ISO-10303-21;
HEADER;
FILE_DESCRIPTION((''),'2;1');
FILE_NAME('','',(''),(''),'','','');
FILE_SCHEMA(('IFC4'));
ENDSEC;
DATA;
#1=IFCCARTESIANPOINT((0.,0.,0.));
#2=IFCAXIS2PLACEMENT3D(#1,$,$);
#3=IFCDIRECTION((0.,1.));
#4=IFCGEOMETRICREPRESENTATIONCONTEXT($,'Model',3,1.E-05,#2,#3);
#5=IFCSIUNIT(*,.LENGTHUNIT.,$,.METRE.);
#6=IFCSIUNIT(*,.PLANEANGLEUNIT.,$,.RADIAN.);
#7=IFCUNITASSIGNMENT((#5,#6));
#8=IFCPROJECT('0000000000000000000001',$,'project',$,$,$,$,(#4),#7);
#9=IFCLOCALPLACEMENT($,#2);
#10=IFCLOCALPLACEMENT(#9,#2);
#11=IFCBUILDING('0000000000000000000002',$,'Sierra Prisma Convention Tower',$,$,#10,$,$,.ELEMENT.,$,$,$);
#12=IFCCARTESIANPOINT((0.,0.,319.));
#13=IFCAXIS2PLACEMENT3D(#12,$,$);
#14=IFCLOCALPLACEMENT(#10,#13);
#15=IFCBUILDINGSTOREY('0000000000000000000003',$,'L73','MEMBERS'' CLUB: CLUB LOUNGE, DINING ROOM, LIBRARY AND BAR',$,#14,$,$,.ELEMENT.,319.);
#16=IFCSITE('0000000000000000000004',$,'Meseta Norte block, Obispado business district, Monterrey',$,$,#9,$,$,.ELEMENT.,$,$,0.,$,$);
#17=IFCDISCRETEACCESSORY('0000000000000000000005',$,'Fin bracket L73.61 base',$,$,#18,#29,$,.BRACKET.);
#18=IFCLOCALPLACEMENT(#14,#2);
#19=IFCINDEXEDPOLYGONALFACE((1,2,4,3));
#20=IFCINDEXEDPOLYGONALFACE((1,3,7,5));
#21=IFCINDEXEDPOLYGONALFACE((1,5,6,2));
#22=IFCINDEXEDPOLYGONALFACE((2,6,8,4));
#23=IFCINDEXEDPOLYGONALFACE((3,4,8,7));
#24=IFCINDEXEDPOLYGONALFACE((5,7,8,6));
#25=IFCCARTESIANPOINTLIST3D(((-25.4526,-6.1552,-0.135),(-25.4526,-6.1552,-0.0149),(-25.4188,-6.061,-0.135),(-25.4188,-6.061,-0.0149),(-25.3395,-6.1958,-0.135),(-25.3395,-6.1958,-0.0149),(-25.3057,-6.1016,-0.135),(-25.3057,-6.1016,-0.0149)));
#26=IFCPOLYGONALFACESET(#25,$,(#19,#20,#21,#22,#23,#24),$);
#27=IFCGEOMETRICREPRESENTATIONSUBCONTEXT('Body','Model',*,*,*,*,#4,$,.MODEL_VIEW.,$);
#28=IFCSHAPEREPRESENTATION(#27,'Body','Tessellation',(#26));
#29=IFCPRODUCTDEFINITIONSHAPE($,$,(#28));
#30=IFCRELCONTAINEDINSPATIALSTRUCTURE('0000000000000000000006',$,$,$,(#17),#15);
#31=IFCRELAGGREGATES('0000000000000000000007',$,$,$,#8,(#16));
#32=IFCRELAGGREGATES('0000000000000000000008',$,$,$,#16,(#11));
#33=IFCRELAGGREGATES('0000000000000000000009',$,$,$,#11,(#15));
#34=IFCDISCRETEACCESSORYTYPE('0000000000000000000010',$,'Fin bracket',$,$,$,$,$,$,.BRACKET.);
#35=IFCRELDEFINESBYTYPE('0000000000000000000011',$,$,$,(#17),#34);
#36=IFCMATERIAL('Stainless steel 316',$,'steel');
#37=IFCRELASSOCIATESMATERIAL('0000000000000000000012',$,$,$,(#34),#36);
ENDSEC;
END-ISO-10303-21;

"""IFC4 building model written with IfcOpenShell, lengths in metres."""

from ifc_helpers import new_model, si_unit, direction, frame, origin, origin_2d, place, context, subcontext, project, spatial, rectangle, extrude, material, type_object, element, save


model = new_model("IFC4")

# Units and contexts
model_context = context("Model", 3, precision=1e-05, world=origin(), true_north=direction((0.0, 1.0)))
body_context = subcontext(model_context, "Body", "Model", "MODEL_VIEW")
ifc_project = project(units=[si_unit("LENGTHUNIT", "METRE"), si_unit("PLANEANGLEUNIT", "RADIAN")], contexts=[model_context])

# Site, building, storey
site_placement = place(None, origin())
site = spatial("IfcSite", under=ifc_project, at=site_placement, Name="Meseta Norte block, Obispado business district, Monterrey", CompositionType="ELEMENT", RefElevation=0.0)
building_placement = place(site_placement, origin())
building = spatial("IfcBuilding", under=site, at=building_placement, Name="Sierra Prisma Convention Tower", CompositionType="ELEMENT")
storey_placement = place(building_placement, frame((0.0, 0.0, 319.0)))
storey = spatial("IfcBuildingStorey", under=building, at=storey_placement, Name="L73", Description="MEMBERS' CLUB: CLUB LOUNGE, DINING ROOM, LIBRARY AND BAR", CompositionType="ELEMENT", Elevation=319.0)

# Discrete accessory
ifc_material_1 = material(Name="Stainless steel 316", Category="steel")
discrete_accessory_type = type_object("IfcDiscreteAccessoryType", Name="Fin bracket", PredefinedType="BRACKET", material=ifc_material_1)
discrete_accessory_placement = place(storey_placement, frame((-25.3792, -6.1284, -0.135), z_axis=(0.0, 0.0, 1.0), x_axis=(-0.941235, 0.337752, 0.0)))
element("IfcDiscreteAccessory", 1, at=discrete_accessory_placement, inside=storey, type_object=discrete_accessory_type, Name="Fin bracket L73.61 base", PredefinedType="BRACKET", context=body_context, shape_type="SweptSolid", body=[
    extrude(rectangle(XDim=0.1201, YDim=0.1001, at=origin_2d()), origin(), (0.0, 0.0, 1.0), 0.1201),
])

save(model, "model.ifc")
